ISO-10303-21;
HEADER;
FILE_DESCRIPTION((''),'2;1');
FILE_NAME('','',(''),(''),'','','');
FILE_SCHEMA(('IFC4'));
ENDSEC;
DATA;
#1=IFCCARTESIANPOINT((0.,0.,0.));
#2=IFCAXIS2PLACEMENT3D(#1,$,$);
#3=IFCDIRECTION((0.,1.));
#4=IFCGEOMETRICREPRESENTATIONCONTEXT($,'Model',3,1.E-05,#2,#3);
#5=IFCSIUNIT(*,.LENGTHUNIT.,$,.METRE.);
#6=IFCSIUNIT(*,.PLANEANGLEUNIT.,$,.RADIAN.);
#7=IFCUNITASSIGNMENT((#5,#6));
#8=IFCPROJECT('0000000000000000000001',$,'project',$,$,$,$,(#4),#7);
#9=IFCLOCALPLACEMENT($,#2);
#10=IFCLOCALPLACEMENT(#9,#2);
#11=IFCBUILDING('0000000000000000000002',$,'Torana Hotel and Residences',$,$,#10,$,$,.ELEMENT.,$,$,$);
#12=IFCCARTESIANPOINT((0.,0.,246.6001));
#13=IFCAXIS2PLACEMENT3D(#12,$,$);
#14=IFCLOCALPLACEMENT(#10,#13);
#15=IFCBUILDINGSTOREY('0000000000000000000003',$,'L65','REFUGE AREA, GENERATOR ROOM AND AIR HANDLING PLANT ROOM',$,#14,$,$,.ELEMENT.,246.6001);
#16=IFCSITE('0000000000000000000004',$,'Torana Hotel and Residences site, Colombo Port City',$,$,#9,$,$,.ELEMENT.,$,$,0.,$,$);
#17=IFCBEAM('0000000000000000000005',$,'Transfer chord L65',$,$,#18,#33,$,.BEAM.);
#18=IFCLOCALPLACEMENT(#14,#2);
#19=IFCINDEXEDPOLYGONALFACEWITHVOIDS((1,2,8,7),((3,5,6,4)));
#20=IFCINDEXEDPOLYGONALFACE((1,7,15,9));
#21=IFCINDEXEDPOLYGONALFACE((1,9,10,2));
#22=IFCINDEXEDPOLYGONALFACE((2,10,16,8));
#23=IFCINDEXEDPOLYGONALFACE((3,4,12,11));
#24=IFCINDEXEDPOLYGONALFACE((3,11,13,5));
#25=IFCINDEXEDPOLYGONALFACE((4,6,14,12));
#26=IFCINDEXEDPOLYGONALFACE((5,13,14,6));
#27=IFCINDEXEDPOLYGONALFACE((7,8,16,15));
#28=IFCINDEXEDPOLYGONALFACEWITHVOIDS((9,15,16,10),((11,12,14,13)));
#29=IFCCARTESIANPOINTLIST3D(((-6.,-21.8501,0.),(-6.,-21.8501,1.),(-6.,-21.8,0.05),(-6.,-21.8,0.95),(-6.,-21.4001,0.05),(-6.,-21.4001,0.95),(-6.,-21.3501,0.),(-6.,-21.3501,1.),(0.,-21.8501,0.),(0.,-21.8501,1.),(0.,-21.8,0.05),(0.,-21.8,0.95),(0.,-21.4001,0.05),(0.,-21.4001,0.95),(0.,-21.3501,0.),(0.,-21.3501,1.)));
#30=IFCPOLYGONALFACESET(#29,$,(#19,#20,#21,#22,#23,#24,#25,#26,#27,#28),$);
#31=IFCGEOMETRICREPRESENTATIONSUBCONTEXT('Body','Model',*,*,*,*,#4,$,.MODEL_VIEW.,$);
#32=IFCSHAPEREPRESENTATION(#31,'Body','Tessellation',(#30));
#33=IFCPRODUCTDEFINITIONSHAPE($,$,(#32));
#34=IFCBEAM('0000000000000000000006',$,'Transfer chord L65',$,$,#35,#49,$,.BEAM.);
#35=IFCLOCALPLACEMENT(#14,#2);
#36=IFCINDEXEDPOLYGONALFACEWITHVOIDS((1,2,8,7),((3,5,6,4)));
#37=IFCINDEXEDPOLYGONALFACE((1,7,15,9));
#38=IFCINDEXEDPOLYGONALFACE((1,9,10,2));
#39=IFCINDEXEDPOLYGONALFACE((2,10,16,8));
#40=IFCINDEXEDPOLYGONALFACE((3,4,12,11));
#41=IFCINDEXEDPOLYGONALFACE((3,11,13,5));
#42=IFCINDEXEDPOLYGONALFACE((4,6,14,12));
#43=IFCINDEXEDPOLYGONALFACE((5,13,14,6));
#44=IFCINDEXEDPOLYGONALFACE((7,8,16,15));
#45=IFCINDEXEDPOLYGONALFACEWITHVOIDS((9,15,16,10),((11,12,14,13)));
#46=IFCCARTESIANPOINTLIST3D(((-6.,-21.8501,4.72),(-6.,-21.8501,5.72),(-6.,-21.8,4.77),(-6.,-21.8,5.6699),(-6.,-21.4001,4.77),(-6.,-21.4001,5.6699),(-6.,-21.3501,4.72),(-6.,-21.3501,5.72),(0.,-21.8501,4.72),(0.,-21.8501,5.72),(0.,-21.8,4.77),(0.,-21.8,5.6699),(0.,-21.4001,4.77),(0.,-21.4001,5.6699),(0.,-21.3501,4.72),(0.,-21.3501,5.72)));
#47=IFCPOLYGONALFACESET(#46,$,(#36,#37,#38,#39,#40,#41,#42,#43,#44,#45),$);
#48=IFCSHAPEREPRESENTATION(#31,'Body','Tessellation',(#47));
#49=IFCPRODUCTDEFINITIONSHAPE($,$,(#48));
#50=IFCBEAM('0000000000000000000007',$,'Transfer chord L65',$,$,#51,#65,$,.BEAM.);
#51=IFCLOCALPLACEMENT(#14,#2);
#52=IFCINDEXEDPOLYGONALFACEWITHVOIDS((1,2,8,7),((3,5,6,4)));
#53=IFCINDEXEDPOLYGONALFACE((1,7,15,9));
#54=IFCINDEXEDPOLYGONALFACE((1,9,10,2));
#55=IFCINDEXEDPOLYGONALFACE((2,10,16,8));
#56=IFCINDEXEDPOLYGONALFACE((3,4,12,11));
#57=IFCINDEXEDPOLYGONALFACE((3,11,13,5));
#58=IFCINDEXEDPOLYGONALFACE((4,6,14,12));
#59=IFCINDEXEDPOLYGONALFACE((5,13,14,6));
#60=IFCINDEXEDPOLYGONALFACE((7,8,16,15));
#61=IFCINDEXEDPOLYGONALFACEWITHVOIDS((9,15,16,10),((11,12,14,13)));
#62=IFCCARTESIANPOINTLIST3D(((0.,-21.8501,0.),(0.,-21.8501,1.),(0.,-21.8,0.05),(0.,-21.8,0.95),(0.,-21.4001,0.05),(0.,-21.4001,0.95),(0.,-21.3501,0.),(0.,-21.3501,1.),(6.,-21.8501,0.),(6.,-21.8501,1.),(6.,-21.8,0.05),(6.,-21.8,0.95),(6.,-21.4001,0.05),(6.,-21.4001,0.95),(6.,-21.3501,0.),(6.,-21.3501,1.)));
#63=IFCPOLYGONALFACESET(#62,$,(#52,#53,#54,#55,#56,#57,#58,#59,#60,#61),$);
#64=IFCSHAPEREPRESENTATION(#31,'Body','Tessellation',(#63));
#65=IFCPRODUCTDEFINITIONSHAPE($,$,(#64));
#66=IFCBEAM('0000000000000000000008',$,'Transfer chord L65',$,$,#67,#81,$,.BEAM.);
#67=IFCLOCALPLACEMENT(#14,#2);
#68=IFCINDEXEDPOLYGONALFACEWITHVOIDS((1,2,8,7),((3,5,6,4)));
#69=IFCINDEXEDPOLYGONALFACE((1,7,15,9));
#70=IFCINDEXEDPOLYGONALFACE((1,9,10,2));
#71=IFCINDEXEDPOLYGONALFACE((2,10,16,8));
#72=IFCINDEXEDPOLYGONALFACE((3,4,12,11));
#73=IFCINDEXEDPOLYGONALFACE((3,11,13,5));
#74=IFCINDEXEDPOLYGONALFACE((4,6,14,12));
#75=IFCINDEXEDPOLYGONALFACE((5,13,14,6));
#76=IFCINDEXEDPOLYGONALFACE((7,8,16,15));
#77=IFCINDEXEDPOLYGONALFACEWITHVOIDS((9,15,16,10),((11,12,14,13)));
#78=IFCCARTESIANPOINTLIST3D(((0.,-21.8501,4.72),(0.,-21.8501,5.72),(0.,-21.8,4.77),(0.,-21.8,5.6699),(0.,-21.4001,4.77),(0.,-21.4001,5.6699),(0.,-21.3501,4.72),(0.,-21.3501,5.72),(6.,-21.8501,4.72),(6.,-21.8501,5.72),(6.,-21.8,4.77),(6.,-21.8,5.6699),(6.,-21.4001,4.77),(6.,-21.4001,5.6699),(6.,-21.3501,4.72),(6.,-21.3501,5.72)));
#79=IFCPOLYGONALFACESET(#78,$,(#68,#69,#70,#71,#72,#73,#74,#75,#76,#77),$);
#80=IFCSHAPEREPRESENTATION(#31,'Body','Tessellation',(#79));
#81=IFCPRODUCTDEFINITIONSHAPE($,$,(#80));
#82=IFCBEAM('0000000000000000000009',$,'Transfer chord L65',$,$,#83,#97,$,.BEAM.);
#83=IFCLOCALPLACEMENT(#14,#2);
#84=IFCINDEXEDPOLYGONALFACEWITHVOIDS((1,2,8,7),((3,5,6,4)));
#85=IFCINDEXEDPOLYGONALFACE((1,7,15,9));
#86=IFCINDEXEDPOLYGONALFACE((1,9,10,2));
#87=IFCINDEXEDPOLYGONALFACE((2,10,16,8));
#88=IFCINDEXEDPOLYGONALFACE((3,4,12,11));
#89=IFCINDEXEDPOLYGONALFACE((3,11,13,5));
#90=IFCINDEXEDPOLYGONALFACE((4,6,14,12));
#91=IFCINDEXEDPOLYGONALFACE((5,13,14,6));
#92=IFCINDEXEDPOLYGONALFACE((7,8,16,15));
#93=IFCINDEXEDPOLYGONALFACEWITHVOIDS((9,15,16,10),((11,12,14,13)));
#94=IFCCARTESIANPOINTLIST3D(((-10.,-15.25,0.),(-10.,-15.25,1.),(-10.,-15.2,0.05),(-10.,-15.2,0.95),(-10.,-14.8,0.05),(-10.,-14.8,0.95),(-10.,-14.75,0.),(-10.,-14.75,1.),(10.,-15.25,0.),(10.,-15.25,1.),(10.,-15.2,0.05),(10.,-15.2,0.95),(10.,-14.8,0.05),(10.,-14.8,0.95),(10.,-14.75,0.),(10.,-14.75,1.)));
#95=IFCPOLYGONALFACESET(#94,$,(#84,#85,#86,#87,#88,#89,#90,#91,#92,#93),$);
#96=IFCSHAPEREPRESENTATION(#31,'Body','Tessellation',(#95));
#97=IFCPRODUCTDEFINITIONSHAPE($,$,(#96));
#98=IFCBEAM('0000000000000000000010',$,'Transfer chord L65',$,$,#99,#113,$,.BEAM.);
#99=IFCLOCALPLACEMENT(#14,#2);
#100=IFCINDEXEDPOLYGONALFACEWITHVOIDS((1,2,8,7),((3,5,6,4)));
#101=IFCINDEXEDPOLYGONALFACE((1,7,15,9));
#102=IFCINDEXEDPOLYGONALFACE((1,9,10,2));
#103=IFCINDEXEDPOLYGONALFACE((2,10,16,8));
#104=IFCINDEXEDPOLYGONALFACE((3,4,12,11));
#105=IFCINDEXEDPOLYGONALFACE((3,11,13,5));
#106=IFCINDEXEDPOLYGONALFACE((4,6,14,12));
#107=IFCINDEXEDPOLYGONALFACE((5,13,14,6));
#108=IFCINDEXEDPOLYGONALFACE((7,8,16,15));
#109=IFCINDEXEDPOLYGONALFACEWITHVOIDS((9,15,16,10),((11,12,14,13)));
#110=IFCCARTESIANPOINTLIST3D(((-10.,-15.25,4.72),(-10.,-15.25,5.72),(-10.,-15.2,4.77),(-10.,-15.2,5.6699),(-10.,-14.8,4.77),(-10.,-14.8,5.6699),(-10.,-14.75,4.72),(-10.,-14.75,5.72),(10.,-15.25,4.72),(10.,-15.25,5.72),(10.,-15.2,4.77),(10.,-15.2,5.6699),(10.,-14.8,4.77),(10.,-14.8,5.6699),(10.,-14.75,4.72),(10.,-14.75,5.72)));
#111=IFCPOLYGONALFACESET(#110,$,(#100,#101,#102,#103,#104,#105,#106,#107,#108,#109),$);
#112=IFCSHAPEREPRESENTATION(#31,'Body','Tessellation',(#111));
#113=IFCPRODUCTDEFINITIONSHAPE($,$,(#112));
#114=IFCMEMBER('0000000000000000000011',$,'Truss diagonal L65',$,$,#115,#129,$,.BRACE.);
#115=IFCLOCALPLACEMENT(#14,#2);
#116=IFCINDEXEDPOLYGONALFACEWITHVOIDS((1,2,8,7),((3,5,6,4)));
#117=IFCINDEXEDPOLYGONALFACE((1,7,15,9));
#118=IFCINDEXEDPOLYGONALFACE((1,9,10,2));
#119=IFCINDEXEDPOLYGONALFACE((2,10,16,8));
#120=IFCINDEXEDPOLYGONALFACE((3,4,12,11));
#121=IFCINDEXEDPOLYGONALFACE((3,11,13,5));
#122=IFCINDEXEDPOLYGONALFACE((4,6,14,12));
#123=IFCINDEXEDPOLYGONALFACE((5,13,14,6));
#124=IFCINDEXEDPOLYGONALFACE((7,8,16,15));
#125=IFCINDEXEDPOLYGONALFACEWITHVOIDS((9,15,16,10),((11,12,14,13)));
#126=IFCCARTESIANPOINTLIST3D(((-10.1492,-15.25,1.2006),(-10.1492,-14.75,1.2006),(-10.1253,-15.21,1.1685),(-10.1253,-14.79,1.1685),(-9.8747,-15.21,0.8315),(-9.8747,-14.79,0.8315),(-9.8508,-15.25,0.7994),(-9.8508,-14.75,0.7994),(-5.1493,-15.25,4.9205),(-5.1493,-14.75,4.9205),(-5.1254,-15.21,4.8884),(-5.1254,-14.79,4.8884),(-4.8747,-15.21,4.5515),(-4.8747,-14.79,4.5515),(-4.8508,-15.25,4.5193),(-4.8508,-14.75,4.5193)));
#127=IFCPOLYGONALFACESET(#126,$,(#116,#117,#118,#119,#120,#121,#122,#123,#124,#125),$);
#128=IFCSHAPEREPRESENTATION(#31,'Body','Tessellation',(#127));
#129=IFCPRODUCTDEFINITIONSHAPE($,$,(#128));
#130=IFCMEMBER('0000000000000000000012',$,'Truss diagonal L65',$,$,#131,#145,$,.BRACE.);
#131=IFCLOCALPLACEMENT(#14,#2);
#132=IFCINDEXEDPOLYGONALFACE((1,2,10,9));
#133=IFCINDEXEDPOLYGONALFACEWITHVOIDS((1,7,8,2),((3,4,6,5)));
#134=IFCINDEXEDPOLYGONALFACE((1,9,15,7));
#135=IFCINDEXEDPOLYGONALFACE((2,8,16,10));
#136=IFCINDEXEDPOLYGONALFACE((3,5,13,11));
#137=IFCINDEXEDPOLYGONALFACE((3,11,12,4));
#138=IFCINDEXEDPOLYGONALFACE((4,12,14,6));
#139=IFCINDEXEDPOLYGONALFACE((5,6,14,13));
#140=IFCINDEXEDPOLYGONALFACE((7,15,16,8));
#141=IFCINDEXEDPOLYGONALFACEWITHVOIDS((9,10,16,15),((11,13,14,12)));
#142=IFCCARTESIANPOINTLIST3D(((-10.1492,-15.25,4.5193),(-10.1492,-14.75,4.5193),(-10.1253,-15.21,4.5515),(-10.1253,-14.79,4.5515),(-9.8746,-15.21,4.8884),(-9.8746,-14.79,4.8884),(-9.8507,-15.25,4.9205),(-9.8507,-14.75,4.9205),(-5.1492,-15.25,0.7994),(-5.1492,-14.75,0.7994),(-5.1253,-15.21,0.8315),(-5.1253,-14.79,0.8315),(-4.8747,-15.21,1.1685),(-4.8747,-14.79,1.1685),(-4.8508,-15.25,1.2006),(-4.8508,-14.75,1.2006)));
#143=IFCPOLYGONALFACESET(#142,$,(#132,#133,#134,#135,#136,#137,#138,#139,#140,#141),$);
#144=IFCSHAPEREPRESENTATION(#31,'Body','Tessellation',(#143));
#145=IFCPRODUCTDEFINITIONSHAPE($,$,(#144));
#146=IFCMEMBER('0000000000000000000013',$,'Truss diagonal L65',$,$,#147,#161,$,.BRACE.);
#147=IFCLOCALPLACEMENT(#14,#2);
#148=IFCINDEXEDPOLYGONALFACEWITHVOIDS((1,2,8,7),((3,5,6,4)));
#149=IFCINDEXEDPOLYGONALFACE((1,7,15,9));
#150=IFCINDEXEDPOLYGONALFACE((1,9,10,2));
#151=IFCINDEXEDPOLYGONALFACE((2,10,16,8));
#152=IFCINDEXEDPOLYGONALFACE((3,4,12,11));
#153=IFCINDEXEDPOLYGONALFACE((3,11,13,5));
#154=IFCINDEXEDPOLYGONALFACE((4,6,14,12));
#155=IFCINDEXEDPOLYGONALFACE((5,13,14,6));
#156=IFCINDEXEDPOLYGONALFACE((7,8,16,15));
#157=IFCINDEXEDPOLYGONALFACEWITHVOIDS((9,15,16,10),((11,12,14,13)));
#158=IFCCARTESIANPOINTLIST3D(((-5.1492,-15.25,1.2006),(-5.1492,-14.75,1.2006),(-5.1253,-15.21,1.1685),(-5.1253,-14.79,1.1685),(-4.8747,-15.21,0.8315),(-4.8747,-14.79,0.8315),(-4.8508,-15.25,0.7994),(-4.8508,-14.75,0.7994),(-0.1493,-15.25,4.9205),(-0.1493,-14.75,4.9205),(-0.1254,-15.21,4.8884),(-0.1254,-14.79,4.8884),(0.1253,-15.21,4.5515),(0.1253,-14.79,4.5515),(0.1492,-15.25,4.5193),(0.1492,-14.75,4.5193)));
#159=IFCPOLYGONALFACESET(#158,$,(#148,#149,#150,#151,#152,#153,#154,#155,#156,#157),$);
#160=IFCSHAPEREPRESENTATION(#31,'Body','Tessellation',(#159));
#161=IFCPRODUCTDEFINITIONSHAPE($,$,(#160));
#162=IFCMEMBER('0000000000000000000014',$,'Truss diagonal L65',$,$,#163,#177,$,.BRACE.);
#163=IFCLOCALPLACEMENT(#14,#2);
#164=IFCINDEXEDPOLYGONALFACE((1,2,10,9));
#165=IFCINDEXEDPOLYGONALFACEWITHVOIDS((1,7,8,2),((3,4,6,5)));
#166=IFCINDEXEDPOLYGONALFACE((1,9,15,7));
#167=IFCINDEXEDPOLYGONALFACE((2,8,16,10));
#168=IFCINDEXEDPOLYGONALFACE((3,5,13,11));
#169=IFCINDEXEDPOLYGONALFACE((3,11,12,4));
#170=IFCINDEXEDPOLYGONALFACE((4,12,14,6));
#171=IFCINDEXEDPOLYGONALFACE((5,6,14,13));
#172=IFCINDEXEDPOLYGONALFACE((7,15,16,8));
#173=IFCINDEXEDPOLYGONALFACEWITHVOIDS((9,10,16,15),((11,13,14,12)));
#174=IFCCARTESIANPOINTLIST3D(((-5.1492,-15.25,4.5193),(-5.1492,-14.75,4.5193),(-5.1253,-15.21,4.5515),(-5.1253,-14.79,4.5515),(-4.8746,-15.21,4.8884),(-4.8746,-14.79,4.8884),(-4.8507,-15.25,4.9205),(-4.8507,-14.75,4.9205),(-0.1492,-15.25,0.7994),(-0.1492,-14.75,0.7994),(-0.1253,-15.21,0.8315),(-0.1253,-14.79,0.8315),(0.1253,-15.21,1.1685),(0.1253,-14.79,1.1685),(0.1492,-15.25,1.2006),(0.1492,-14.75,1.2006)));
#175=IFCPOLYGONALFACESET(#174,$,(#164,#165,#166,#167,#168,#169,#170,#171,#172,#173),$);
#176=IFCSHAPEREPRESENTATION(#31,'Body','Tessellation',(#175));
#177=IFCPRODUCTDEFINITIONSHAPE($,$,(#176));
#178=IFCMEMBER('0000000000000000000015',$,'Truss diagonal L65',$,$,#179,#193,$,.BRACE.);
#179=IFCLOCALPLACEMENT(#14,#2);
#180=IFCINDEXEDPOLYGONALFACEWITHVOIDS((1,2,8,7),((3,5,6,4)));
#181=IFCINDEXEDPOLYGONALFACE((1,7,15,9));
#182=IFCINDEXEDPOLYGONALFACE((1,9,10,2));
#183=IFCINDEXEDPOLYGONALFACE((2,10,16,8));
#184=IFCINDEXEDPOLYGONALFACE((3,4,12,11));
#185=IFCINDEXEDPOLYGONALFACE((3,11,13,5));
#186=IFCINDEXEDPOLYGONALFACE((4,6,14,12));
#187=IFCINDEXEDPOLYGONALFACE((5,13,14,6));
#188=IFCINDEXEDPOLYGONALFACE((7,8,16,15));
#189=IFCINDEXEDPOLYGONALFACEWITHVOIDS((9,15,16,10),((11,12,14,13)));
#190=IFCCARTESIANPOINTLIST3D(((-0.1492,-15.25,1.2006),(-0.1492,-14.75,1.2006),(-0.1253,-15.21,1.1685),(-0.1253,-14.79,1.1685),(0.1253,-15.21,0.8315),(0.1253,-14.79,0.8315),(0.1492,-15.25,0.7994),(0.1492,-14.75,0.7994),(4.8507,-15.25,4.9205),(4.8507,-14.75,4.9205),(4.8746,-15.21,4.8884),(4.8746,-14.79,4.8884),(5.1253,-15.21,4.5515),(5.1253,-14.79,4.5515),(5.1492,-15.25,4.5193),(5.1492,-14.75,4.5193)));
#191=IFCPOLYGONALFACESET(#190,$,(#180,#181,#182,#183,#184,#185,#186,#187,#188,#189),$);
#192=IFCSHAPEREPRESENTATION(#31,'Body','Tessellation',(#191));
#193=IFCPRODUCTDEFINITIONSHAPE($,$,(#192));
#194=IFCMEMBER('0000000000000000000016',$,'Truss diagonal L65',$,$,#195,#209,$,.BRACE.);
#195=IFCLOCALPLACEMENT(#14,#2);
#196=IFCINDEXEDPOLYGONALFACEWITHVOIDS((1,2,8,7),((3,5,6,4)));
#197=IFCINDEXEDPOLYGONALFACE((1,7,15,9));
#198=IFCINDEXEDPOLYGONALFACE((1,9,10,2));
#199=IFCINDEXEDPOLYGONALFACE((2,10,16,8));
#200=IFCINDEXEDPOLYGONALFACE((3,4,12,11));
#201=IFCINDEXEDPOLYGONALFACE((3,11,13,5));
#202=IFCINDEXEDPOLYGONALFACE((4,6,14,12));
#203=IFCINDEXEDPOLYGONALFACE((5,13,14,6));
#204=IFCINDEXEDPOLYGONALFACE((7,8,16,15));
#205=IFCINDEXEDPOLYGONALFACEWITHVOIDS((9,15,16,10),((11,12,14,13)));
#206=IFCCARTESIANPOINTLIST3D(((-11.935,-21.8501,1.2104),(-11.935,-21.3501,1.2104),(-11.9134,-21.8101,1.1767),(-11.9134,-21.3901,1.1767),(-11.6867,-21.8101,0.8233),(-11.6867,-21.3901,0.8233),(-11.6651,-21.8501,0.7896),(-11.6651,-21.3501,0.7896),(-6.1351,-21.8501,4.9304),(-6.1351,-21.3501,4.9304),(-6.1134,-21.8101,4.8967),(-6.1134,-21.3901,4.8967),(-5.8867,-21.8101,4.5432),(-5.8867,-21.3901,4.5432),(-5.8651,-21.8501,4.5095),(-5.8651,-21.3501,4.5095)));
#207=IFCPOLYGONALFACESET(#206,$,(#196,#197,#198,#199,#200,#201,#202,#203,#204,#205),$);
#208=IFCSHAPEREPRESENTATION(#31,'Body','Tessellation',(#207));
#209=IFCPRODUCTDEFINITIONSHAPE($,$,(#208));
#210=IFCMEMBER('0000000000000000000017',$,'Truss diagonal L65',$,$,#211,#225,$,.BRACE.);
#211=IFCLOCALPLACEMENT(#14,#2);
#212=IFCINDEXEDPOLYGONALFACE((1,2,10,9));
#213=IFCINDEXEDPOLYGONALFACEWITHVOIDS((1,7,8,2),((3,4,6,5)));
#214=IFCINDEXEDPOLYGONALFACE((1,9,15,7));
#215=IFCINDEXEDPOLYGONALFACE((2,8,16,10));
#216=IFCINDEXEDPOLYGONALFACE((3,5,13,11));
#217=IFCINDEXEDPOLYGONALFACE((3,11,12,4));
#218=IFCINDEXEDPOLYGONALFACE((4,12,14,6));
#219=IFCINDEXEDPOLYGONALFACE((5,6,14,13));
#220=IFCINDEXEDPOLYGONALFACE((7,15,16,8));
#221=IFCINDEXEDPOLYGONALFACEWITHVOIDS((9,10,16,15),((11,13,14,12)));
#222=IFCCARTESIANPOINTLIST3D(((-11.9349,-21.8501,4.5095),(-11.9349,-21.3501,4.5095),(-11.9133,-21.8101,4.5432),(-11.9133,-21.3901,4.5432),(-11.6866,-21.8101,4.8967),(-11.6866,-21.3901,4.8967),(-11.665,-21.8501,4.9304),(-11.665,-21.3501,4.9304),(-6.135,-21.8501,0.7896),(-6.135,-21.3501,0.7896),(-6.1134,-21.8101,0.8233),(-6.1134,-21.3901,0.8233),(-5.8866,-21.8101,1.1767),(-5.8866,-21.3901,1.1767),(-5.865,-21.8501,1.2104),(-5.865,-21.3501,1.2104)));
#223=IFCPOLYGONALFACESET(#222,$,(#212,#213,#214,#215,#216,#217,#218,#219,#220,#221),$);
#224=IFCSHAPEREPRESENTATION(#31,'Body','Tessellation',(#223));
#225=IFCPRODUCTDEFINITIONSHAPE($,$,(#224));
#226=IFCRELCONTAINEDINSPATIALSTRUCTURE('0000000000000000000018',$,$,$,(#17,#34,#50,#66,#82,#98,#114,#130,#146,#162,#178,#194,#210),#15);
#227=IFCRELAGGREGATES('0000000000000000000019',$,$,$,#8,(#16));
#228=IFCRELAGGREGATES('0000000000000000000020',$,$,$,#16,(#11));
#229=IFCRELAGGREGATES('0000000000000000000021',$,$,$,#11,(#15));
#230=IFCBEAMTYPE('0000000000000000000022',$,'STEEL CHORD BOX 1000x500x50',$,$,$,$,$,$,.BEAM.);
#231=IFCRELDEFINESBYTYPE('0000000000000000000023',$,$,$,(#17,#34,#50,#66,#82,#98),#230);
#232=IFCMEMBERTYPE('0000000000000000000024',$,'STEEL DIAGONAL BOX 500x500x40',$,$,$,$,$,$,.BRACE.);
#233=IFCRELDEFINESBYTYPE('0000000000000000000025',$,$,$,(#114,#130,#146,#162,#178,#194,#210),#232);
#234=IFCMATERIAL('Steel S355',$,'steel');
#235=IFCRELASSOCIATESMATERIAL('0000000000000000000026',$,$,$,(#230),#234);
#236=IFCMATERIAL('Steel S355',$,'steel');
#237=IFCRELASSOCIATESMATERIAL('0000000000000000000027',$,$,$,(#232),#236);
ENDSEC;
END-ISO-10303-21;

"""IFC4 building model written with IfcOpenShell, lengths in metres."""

from ifc_helpers import new_model, si_unit, direction, frame, origin, origin_2d, place, context, subcontext, project, spatial, hollow_rectangle, extrude, material, material_profile, profile_set, type_object, element, save


model = new_model("IFC4")

# Units and contexts
model_context = context("Model", 3, precision=1e-05, world=origin(), true_north=direction((0.0, 1.0)))
body_context = subcontext(model_context, "Body", "Model", "MODEL_VIEW")
ifc_project = project(units=[si_unit("LENGTHUNIT", "METRE"), si_unit("PLANEANGLEUNIT", "RADIAN")], contexts=[model_context])

# Site, building, storey
site_placement = place(None, origin())
site = spatial("IfcSite", under=ifc_project, at=site_placement, Name="Torana Hotel and Residences site, Colombo Port City", CompositionType="ELEMENT", RefElevation=0.0)
building_placement = place(site_placement, origin())
building = spatial("IfcBuilding", under=site, at=building_placement, Name="Torana Hotel and Residences", CompositionType="ELEMENT")
storey_placement = place(building_placement, frame((0.0, 0.0, 246.6001)))
storey = spatial("IfcBuildingStorey", under=building, at=storey_placement, Name="L65", Description="REFUGE AREA, GENERATOR ROOM AND AIR HANDLING PLANT ROOM", CompositionType="ELEMENT", Elevation=246.6001)

# Beams
ifc_material_1 = material(Name="Steel S355", Category="steel")
ifc_material_profile_1 = material_profile(ifc_material_1, hollow_rectangle(XDim=0.5, YDim=1.0, WallThickness=0.05, at=origin_2d()), Name="BOX 1000x500x50")
ifc_profile_set_1 = profile_set([ifc_material_profile_1], Name="Steel S355")
beam_type = type_object("IfcBeamType", Name="STEEL CHORD BOX 1000x500x50", PredefinedType="BEAM", material=ifc_profile_set_1)
for number, where, z_axis, x_axis, name in (
    (1, (-6.0, -21.6001, 0.5), (1.0, 0.0, 0.0), (0.0, 1.0, 0.0), "Transfer chord L65"),
    (2, (-6.0, -21.6001, 5.22), (1.0, 0.0, 0.0), (0.0, 1.0, 0.0), "Transfer chord L65"),
    (3, (0.0, -21.6001, 0.5), (1.0, 0.0, 0.0), (0.0, 1.0, 0.0), "Transfer chord L65"),
    (4, (0.0, -21.6001, 5.22), (1.0, 0.0, 0.0), (0.0, 1.0, 0.0), "Transfer chord L65"),
):
    element("IfcBeam", number, at=place(storey_placement, frame(where, z_axis=z_axis, x_axis=x_axis)), inside=storey, type_object=beam_type, Name=name, PredefinedType="BEAM", context=body_context, shape_type="SweptSolid", body=[
        extrude(hollow_rectangle(XDim=0.5, YDim=1.0, WallThickness=0.05, at=origin_2d()), origin(), (0.0, 0.0, 1.0), 6.0),
    ])
for number, where, z_axis, x_axis, name in (
    (5, (-10.0, -15.0, 0.5), (1.0, 0.0, 0.0), (0.0, 1.0, 0.0), "Transfer chord L65"),
    (6, (-10.0, -15.0, 5.22), (1.0, 0.0, 0.0), (0.0, 1.0, 0.0), "Transfer chord L65"),
):
    element("IfcBeam", number, at=place(storey_placement, frame(where, z_axis=z_axis, x_axis=x_axis)), inside=storey, type_object=beam_type, Name=name, PredefinedType="BEAM", context=body_context, shape_type="SweptSolid", body=[
        extrude(hollow_rectangle(XDim=0.5, YDim=1.0, WallThickness=0.05, at=origin_2d()), origin(), (0.0, 0.0, 1.0), 20.0),
    ])

# Members
ifc_material_2 = material(Name="Steel S355", Category="steel")
ifc_material_profile_2 = material_profile(ifc_material_2, hollow_rectangle(XDim=0.5, YDim=0.5, WallThickness=0.04, at=origin_2d()), Name="BOX 500x500x40")
ifc_profile_set_2 = profile_set([ifc_material_profile_2], Name="Steel S355")
member_type_1 = type_object("IfcMemberType", Name="STEEL DIAGONAL BOX 500x500x40", PredefinedType="BRACE", material=ifc_profile_set_2)
for number, where, z_axis, x_axis, name in (
    (7, (-10.0, -15.0, 1.0), (0.802307, 0.0, 0.596912), (0.0, 1.0, 0.0), "Truss diagonal L65"),
    (8, (-5.0, -15.0, 1.0), (-0.802307, 0.0, 0.596912), (0.0, -1.0, 0.0), "Truss diagonal L65"),
    (9, (-5.0, -15.0, 1.0), (0.802307, 0.0, 0.596912), (0.0, 1.0, 0.0), "Truss diagonal L65"),
    (10, (0.0, -15.0, 1.0), (-0.802307, 0.0, 0.596912), (0.0, -1.0, 0.0), "Truss diagonal L65"),
    (11, (0.0, -15.0, 1.0), (0.802307, 0.0, 0.596912), (0.0, 1.0, 0.0), "Truss diagonal L65"),
):
    element("IfcMember", number, at=place(storey_placement, frame(where, z_axis=z_axis, x_axis=x_axis)), inside=storey, type_object=member_type_1, Name=name, PredefinedType="BRACE", context=body_context, shape_type="SweptSolid", body=[
        extrude(hollow_rectangle(XDim=0.5, YDim=0.5, WallThickness=0.04, at=origin_2d()), origin(), (0.0, 0.0, 1.0), 6.2319),
    ])
for number, where, z_axis, x_axis, name in (
    (12, (-11.8, -21.6001, 1.0), (0.841748, 0.0, 0.539871), (0.0, 1.0, 0.0), "Truss diagonal L65"),
    (13, (-6.0, -21.6001, 1.0), (-0.841748, 0.0, 0.539871), (0.0, -1.0, 0.0), "Truss diagonal L65"),
):
    element("IfcMember", number, at=place(storey_placement, frame(where, z_axis=z_axis, x_axis=x_axis)), inside=storey, type_object=member_type_1, Name=name, PredefinedType="BRACE", context=body_context, shape_type="SweptSolid", body=[
        extrude(hollow_rectangle(XDim=0.5, YDim=0.5, WallThickness=0.04, at=origin_2d()), origin(), (0.0, 0.0, 1.0), 6.8904),
    ])

save(model, "model.ifc")
